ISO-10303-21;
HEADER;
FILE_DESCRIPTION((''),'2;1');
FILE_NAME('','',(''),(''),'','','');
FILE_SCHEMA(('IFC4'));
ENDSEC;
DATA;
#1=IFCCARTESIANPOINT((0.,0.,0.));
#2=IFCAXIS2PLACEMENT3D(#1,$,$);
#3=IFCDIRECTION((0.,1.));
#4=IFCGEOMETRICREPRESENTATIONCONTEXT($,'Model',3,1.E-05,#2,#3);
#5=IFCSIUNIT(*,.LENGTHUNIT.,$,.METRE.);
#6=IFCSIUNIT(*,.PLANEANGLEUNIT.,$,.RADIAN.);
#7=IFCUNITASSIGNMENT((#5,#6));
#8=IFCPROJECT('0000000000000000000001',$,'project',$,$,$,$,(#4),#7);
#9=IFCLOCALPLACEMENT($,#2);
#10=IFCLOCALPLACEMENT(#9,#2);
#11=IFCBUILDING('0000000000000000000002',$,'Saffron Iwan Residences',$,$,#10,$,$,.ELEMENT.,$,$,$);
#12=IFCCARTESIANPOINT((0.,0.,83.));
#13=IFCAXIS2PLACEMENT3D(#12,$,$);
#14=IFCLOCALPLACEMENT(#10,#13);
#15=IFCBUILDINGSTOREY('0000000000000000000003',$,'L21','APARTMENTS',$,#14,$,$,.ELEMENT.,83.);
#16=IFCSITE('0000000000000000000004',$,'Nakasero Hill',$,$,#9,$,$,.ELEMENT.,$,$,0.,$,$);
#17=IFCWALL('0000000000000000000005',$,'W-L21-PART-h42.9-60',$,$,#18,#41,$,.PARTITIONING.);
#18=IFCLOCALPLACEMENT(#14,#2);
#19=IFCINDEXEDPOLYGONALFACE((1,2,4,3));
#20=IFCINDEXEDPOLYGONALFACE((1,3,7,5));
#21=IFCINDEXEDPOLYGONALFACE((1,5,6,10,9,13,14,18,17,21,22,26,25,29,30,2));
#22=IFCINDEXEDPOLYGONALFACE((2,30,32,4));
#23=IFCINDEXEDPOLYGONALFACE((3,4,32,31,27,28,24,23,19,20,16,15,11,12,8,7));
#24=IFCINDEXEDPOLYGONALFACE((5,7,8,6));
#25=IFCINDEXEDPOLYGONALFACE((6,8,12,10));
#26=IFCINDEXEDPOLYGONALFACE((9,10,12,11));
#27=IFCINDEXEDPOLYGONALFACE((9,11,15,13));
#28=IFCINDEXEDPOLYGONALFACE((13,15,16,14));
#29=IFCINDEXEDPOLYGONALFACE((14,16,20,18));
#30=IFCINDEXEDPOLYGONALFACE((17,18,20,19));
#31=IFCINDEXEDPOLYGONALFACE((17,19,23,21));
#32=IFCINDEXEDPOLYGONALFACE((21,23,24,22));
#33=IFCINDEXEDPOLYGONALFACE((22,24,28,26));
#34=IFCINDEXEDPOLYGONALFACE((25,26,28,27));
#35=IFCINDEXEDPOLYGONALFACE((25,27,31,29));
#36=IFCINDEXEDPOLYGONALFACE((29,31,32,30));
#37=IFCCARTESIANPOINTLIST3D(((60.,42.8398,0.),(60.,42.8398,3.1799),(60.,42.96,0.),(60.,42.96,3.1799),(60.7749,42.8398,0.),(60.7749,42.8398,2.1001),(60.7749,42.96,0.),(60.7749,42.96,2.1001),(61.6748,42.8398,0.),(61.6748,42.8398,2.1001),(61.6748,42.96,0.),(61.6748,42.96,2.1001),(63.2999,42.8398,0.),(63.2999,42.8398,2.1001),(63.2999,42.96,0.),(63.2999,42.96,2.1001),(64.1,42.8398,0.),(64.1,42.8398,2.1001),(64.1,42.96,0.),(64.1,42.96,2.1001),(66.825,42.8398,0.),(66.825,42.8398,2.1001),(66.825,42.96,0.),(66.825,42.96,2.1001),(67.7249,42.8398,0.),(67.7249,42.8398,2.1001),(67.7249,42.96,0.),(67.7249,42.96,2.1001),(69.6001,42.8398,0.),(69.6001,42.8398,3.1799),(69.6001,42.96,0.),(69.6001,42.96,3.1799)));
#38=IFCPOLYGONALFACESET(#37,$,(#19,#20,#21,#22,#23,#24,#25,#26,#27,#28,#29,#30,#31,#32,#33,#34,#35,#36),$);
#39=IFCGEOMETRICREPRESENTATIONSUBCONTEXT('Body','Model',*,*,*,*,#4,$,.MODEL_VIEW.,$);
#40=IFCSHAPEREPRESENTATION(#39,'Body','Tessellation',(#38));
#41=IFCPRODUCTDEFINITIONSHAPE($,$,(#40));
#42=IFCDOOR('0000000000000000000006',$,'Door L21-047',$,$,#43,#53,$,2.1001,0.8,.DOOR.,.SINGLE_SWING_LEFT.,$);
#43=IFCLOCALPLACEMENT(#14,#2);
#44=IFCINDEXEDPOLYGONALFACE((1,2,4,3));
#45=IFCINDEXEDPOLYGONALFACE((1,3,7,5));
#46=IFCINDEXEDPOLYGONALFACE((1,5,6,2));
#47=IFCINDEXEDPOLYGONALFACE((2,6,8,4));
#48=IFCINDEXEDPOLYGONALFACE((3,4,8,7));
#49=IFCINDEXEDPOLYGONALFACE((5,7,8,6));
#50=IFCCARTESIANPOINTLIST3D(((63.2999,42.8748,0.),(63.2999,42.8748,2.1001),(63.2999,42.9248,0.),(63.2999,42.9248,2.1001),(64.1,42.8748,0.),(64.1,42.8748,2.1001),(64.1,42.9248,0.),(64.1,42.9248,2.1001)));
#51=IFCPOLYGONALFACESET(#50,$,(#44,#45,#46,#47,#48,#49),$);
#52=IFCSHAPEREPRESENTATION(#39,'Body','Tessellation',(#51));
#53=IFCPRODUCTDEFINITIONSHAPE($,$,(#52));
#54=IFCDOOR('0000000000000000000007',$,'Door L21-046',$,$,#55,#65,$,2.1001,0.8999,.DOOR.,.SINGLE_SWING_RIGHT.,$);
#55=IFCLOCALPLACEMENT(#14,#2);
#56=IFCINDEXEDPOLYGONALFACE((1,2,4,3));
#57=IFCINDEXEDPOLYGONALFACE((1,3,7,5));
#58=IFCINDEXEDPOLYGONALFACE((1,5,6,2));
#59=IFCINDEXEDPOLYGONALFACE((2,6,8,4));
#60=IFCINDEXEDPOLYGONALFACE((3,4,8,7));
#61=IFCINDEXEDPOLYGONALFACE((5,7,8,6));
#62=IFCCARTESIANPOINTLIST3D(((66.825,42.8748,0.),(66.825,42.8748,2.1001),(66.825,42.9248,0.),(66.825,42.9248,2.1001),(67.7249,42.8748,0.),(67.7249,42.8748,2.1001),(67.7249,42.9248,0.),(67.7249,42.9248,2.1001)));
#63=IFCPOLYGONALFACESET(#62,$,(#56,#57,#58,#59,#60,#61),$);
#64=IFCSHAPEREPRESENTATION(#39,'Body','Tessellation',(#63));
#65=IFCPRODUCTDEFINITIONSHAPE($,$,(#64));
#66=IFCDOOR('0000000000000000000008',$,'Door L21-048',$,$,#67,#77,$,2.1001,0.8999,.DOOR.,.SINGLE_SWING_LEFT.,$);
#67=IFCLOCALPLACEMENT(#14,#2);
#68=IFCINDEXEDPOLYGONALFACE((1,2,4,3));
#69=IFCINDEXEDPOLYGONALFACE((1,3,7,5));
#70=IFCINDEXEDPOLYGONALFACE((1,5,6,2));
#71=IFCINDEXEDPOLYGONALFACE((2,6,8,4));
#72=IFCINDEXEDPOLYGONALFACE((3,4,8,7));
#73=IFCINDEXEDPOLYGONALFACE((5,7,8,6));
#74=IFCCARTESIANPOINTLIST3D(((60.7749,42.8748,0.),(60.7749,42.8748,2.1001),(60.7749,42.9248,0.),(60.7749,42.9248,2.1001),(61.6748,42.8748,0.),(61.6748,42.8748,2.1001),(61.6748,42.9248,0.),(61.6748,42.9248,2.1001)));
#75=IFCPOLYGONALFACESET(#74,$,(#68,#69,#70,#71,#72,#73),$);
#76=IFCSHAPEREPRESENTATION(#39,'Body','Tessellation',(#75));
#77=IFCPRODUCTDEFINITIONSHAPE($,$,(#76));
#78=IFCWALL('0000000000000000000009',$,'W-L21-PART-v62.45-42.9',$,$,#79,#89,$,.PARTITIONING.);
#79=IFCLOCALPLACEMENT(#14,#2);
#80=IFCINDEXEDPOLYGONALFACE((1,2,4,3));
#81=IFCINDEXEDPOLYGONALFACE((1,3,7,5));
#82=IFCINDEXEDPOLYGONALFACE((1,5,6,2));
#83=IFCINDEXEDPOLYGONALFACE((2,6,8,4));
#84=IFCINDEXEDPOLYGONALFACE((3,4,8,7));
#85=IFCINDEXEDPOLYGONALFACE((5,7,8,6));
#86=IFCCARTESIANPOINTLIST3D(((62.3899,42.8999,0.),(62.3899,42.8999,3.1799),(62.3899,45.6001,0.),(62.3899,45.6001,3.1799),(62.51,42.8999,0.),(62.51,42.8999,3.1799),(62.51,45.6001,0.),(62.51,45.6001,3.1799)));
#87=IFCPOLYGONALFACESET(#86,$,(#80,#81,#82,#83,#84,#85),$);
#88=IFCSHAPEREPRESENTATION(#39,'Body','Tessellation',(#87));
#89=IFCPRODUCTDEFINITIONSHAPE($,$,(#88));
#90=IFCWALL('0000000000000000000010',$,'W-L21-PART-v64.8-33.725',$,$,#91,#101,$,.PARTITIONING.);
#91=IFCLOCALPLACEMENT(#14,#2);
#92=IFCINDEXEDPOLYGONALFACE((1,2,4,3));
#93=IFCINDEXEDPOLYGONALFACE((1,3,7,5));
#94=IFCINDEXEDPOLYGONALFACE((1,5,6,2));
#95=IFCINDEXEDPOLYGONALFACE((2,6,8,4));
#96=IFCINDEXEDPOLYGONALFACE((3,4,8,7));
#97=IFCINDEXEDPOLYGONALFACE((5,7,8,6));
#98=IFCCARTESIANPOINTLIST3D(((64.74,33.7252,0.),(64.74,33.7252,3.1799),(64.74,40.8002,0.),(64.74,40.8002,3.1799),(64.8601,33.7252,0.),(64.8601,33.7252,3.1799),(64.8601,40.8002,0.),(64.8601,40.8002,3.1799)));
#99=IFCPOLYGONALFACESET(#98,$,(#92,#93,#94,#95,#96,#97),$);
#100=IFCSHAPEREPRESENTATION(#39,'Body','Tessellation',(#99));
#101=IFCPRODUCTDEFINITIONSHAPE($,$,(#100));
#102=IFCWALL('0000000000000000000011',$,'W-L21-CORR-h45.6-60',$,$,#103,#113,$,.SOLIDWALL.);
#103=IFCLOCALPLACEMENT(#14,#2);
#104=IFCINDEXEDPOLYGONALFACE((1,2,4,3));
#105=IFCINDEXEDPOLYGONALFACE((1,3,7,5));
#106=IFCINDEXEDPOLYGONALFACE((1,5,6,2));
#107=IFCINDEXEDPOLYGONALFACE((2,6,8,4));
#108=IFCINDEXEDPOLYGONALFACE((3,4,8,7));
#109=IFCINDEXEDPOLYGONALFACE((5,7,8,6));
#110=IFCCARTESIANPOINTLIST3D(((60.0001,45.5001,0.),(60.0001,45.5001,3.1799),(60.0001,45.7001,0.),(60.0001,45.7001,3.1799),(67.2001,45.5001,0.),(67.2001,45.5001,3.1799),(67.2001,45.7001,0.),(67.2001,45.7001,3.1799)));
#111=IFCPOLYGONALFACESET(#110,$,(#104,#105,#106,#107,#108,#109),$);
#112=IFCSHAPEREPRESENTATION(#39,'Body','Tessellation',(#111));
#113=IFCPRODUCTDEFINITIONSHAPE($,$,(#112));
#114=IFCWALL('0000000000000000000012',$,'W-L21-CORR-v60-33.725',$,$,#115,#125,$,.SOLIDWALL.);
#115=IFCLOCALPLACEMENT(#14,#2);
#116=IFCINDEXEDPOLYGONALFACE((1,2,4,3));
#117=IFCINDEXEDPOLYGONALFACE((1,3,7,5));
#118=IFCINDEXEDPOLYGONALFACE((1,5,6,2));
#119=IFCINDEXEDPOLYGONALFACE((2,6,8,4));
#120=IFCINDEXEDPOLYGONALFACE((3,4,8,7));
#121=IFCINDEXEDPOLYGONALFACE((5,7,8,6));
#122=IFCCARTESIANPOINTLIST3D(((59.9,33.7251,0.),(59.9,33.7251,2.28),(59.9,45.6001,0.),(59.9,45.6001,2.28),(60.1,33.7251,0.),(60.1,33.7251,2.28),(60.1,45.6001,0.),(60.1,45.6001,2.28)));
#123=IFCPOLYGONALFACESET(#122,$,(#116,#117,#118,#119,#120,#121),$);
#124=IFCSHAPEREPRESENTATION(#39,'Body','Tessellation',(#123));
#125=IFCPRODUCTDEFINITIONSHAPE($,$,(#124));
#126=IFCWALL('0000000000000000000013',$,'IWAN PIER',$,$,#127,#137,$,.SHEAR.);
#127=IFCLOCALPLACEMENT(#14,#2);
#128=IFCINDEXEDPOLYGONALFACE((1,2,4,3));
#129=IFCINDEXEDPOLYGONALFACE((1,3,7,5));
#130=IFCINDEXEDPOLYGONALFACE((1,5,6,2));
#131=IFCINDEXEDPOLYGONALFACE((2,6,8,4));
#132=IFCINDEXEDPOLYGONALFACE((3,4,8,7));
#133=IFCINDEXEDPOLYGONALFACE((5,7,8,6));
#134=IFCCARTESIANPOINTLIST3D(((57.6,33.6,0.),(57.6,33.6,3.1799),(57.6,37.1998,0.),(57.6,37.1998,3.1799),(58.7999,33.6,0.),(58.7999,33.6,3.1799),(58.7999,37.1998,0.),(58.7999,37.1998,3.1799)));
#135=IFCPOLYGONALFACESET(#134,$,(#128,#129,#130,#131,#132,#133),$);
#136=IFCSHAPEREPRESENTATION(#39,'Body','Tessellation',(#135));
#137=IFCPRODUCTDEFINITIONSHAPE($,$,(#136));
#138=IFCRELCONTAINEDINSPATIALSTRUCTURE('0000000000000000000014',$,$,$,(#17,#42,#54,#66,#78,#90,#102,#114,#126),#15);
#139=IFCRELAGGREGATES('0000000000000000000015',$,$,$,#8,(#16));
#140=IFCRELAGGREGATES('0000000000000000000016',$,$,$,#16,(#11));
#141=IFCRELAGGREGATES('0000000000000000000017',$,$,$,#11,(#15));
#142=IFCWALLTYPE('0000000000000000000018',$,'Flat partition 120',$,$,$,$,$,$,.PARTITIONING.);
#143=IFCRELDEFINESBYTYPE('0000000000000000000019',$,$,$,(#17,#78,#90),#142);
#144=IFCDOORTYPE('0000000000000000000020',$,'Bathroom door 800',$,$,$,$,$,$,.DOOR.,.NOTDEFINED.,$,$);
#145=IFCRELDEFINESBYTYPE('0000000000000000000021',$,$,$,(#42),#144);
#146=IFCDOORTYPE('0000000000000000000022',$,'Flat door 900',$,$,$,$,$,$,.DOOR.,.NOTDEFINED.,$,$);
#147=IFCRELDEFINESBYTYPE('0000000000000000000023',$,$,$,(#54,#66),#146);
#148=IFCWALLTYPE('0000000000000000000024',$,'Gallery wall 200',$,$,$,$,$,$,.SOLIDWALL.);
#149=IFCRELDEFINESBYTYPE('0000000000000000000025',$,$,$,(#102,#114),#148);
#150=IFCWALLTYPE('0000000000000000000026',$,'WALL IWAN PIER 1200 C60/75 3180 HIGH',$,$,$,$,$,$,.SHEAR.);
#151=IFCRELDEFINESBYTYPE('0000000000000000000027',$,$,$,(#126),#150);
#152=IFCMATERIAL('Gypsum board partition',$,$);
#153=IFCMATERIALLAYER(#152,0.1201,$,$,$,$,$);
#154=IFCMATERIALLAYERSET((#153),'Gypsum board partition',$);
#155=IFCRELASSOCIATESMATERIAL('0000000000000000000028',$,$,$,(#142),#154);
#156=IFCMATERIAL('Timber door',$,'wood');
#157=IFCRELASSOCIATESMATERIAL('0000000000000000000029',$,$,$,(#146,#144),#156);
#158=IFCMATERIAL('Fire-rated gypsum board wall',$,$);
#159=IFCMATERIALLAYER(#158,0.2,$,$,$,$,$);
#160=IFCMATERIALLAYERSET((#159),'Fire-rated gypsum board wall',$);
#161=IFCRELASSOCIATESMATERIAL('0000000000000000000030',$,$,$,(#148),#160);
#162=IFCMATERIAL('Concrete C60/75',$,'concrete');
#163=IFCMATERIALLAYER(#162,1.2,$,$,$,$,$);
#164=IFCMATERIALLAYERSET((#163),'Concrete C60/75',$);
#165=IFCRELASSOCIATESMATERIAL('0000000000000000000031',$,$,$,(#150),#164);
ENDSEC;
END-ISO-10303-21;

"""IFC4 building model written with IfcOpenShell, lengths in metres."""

from ifc_helpers import new_model, si_unit, direction, frame, frame_2d, origin, place, context, subcontext, project, spatial, rectangle, extrude, material, layer, layer_set, type_object, element, fill, save


model = new_model("IFC4")

# Units and contexts
model_context = context("Model", 3, precision=1e-05, world=origin(), true_north=direction((0.0, 1.0)))
body_context = subcontext(model_context, "Body", "Model", "MODEL_VIEW")
ifc_project = project(units=[si_unit("LENGTHUNIT", "METRE"), si_unit("PLANEANGLEUNIT", "RADIAN")], contexts=[model_context])

# Site, building, storey
site_placement = place(None, origin())
site = spatial("IfcSite", under=ifc_project, at=site_placement, Name="Nakasero Hill", CompositionType="ELEMENT", RefElevation=0.0)
building_placement = place(site_placement, origin())
building = spatial("IfcBuilding", under=site, at=building_placement, Name="Saffron Iwan Residences", CompositionType="ELEMENT")
storey_placement = place(building_placement, frame((0.0, 0.0, 83.0)))
storey = spatial("IfcBuildingStorey", under=building, at=storey_placement, Name="L21", Description="APARTMENTS", CompositionType="ELEMENT", Elevation=83.0)

# Shared definitions
ifc_material_1 = material(Name="Concrete C60/75", Category="concrete")

# Wall, openings, doors
ifc_material_2 = material(Name="Gypsum board partition")
ifc_layer_1 = layer(ifc_material_2, 0.1201)
ifc_layer_set_1 = layer_set([ifc_layer_1], Name="Gypsum board partition")
wall_type_1 = type_object("IfcWallType", Name="Flat partition 120", PredefinedType="PARTITIONING", material=ifc_layer_set_1)
ifc_material_3 = material(Name="Timber door", Category="wood")
door_type_1 = type_object("IfcDoorType", Name="Flat door 900", OperationType="NOTDEFINED", PredefinedType="DOOR", material=ifc_material_3)
wall_1_placement = place(storey_placement, frame((60.0, 42.8999, 0.0), z_axis=(0.0, 0.0, 1.0), x_axis=(1.0, 0.0, 0.0)))
wall_1 = element("IfcWall", 1, at=wall_1_placement, inside=storey, type_object=wall_type_1, Name="W-L21-PART-h42.9-60", PredefinedType="PARTITIONING", context=body_context, shape_type="SweptSolid", body=[
    extrude(rectangle(XDim=9.6001, YDim=0.1201, at=frame_2d((4.8, 0.0))), origin(), (0.0, 0.0, 1.0), 3.1799),
])
opening_1_placement = place(wall_1_placement, frame((6.825, 0.0, 0.0)))
opening_1 = element("IfcOpeningElement", 2, at=opening_1_placement, cuts=wall_1, PredefinedType="OPENING", context=body_context, shape_type="SweptSolid", body=[
    extrude(rectangle(XDim=0.8999, YDim=2.1001, at=frame_2d((0.45, 1.05))), frame((0.0, 0.0701, 0.0), z_axis=(0.0, -1.0, 0.0), x_axis=(1.0, 0.0, 0.0)), (0.0, 0.0, 1.0), 0.1401),
])
opening_2_placement = place(wall_1_placement, frame((3.3, 0.0, 0.0)))
opening_2 = element("IfcOpeningElement", 3, at=opening_2_placement, cuts=wall_1, PredefinedType="OPENING", context=body_context, shape_type="SweptSolid", body=[
    extrude(rectangle(XDim=0.8, YDim=2.1001, at=frame_2d((0.3999, 1.05))), frame((0.0, 0.0701, 0.0), z_axis=(0.0, -1.0, 0.0), x_axis=(1.0, 0.0, 0.0)), (0.0, 0.0, 1.0), 0.1401),
])
opening_3_placement = place(wall_1_placement, frame((0.7749, 0.0, 0.0)))
opening_3 = element("IfcOpeningElement", 4, at=opening_3_placement, cuts=wall_1, PredefinedType="OPENING", context=body_context, shape_type="SweptSolid", body=[
    extrude(rectangle(XDim=0.8999, YDim=2.1001, at=frame_2d((0.45, 1.05))), frame((0.0, 0.0701, 0.0), z_axis=(0.0, -1.0, 0.0), x_axis=(1.0, 0.0, 0.0)), (0.0, 0.0, 1.0), 0.1401),
])
door_type_2 = type_object("IfcDoorType", Name="Bathroom door 800", OperationType="NOTDEFINED", PredefinedType="DOOR", material=ifc_material_3)
door_1_placement = place(opening_2_placement, origin())
door_1 = element("IfcDoor", 5, at=door_1_placement, inside=storey, type_object=door_type_2, Name="Door L21-047", OperationType="SINGLE_SWING_LEFT", OverallHeight=2.1001, OverallWidth=0.8, PredefinedType="DOOR", context=body_context, shape_type="SweptSolid", body=[
    extrude(rectangle(XDim=0.8, YDim=2.1001, at=frame_2d((0.3999, 1.05))), frame((0.0, 0.0249, 0.0), z_axis=(0.0, -1.0, 0.0), x_axis=(1.0, 0.0, 0.0)), (0.0, 0.0, 1.0), 0.05),
])
fill(opening_2, door_1)
door_2_placement = place(opening_1_placement, origin())
door_2 = element("IfcDoor", 6, at=door_2_placement, inside=storey, type_object=door_type_1, Name="Door L21-046", OperationType="SINGLE_SWING_RIGHT", OverallHeight=2.1001, OverallWidth=0.8999, PredefinedType="DOOR", context=body_context, shape_type="SweptSolid", body=[
    extrude(rectangle(XDim=0.8999, YDim=2.1001, at=frame_2d((0.45, 1.05))), frame((0.0, 0.0249, 0.0), z_axis=(0.0, -1.0, 0.0), x_axis=(1.0, 0.0, 0.0)), (0.0, 0.0, 1.0), 0.05),
])
fill(opening_1, door_2)
door_3_placement = place(opening_3_placement, origin())
door_3 = element("IfcDoor", 7, at=door_3_placement, inside=storey, type_object=door_type_1, Name="Door L21-048", OperationType="SINGLE_SWING_LEFT", OverallHeight=2.1001, OverallWidth=0.8999, PredefinedType="DOOR", context=body_context, shape_type="SweptSolid", body=[
    extrude(rectangle(XDim=0.8999, YDim=2.1001, at=frame_2d((0.45, 1.05))), frame((0.0, 0.0249, 0.0), z_axis=(0.0, -1.0, 0.0), x_axis=(1.0, 0.0, 0.0)), (0.0, 0.0, 1.0), 0.05),
])
fill(opening_3, door_3)

# Walls
wall_2_placement = place(storey_placement, frame((62.45, 42.8999, 0.0), z_axis=(0.0, 0.0, 1.0), x_axis=(0.0, 1.0, 0.0)))
element("IfcWall", 8, at=wall_2_placement, inside=storey, type_object=wall_type_1, Name="W-L21-PART-v62.45-42.9", PredefinedType="PARTITIONING", context=body_context, shape_type="SweptSolid", body=[
    extrude(rectangle(XDim=2.7002, YDim=0.1201, at=frame_2d((1.3501, 0.0))), origin(), (0.0, 0.0, 1.0), 3.1799),
])
wall_3_placement = place(storey_placement, frame((64.8, 33.7251, 0.0), z_axis=(0.0, 0.0, 1.0), x_axis=(0.0, 1.0, 0.0)))
element("IfcWall", 9, at=wall_3_placement, inside=storey, type_object=wall_type_1, Name="W-L21-PART-v64.8-33.725", PredefinedType="PARTITIONING", context=body_context, shape_type="SweptSolid", body=[
    extrude(rectangle(XDim=7.075, YDim=0.1201, at=frame_2d((3.5376, 0.0))), origin(), (0.0, 0.0, 1.0), 3.1799),
])
ifc_material_4 = material(Name="Fire-rated gypsum board wall")
ifc_layer_2 = layer(ifc_material_4, 0.2)
ifc_layer_set_2 = layer_set([ifc_layer_2], Name="Fire-rated gypsum board wall")
wall_type_2 = type_object("IfcWallType", Name="Gallery wall 200", PredefinedType="SOLIDWALL", material=ifc_layer_set_2)
wall_4_placement = place(storey_placement, frame((60.0, 45.6001, 0.0), z_axis=(0.0, 0.0, 1.0), x_axis=(1.0, 0.0, 0.0)))
element("IfcWall", 10, at=wall_4_placement, inside=storey, type_object=wall_type_2, Name="W-L21-CORR-h45.6-60", PredefinedType="SOLIDWALL", context=body_context, shape_type="SweptSolid", body=[
    extrude(rectangle(XDim=7.2, YDim=0.2, at=frame_2d((3.6001, 0.0))), origin(), (0.0, 0.0, 1.0), 3.1799),
])
wall_5_placement = place(storey_placement, frame((60.0, 33.7251, 0.0), z_axis=(0.0, 0.0, 1.0), x_axis=(0.0, 1.0, 0.0)))
element("IfcWall", 11, at=wall_5_placement, inside=storey, type_object=wall_type_2, Name="W-L21-CORR-v60-33.725", PredefinedType="SOLIDWALL", context=body_context, shape_type="SweptSolid", body=[
    extrude(rectangle(XDim=11.875, YDim=0.2, at=frame_2d((5.9375, 0.0))), origin(), (0.0, 0.0, 1.0), 2.28),
])
ifc_layer_3 = layer(ifc_material_1, 1.2)
ifc_layer_set_3 = layer_set([ifc_layer_3], Name="Concrete C60/75")
wall_type_3 = type_object("IfcWallType", Name="WALL IWAN PIER 1200 C60/75 3180 HIGH", PredefinedType="SHEAR", material=ifc_layer_set_3)
wall_6_placement = place(storey_placement, frame((58.2, 33.6001, 0.0), z_axis=(0.0, 0.0, 1.0), x_axis=(0.0, 1.0, 0.0)))
element("IfcWall", 12, at=wall_6_placement, inside=storey, type_object=wall_type_3, Name="IWAN PIER", PredefinedType="SHEAR", context=body_context, shape_type="SweptSolid", body=[
    extrude(rectangle(XDim=3.5999, YDim=1.2, at=frame_2d((1.7998, 0.0))), origin(), (0.0, 0.0, 1.0), 3.1799),
])

save(model, "model.ifc")
